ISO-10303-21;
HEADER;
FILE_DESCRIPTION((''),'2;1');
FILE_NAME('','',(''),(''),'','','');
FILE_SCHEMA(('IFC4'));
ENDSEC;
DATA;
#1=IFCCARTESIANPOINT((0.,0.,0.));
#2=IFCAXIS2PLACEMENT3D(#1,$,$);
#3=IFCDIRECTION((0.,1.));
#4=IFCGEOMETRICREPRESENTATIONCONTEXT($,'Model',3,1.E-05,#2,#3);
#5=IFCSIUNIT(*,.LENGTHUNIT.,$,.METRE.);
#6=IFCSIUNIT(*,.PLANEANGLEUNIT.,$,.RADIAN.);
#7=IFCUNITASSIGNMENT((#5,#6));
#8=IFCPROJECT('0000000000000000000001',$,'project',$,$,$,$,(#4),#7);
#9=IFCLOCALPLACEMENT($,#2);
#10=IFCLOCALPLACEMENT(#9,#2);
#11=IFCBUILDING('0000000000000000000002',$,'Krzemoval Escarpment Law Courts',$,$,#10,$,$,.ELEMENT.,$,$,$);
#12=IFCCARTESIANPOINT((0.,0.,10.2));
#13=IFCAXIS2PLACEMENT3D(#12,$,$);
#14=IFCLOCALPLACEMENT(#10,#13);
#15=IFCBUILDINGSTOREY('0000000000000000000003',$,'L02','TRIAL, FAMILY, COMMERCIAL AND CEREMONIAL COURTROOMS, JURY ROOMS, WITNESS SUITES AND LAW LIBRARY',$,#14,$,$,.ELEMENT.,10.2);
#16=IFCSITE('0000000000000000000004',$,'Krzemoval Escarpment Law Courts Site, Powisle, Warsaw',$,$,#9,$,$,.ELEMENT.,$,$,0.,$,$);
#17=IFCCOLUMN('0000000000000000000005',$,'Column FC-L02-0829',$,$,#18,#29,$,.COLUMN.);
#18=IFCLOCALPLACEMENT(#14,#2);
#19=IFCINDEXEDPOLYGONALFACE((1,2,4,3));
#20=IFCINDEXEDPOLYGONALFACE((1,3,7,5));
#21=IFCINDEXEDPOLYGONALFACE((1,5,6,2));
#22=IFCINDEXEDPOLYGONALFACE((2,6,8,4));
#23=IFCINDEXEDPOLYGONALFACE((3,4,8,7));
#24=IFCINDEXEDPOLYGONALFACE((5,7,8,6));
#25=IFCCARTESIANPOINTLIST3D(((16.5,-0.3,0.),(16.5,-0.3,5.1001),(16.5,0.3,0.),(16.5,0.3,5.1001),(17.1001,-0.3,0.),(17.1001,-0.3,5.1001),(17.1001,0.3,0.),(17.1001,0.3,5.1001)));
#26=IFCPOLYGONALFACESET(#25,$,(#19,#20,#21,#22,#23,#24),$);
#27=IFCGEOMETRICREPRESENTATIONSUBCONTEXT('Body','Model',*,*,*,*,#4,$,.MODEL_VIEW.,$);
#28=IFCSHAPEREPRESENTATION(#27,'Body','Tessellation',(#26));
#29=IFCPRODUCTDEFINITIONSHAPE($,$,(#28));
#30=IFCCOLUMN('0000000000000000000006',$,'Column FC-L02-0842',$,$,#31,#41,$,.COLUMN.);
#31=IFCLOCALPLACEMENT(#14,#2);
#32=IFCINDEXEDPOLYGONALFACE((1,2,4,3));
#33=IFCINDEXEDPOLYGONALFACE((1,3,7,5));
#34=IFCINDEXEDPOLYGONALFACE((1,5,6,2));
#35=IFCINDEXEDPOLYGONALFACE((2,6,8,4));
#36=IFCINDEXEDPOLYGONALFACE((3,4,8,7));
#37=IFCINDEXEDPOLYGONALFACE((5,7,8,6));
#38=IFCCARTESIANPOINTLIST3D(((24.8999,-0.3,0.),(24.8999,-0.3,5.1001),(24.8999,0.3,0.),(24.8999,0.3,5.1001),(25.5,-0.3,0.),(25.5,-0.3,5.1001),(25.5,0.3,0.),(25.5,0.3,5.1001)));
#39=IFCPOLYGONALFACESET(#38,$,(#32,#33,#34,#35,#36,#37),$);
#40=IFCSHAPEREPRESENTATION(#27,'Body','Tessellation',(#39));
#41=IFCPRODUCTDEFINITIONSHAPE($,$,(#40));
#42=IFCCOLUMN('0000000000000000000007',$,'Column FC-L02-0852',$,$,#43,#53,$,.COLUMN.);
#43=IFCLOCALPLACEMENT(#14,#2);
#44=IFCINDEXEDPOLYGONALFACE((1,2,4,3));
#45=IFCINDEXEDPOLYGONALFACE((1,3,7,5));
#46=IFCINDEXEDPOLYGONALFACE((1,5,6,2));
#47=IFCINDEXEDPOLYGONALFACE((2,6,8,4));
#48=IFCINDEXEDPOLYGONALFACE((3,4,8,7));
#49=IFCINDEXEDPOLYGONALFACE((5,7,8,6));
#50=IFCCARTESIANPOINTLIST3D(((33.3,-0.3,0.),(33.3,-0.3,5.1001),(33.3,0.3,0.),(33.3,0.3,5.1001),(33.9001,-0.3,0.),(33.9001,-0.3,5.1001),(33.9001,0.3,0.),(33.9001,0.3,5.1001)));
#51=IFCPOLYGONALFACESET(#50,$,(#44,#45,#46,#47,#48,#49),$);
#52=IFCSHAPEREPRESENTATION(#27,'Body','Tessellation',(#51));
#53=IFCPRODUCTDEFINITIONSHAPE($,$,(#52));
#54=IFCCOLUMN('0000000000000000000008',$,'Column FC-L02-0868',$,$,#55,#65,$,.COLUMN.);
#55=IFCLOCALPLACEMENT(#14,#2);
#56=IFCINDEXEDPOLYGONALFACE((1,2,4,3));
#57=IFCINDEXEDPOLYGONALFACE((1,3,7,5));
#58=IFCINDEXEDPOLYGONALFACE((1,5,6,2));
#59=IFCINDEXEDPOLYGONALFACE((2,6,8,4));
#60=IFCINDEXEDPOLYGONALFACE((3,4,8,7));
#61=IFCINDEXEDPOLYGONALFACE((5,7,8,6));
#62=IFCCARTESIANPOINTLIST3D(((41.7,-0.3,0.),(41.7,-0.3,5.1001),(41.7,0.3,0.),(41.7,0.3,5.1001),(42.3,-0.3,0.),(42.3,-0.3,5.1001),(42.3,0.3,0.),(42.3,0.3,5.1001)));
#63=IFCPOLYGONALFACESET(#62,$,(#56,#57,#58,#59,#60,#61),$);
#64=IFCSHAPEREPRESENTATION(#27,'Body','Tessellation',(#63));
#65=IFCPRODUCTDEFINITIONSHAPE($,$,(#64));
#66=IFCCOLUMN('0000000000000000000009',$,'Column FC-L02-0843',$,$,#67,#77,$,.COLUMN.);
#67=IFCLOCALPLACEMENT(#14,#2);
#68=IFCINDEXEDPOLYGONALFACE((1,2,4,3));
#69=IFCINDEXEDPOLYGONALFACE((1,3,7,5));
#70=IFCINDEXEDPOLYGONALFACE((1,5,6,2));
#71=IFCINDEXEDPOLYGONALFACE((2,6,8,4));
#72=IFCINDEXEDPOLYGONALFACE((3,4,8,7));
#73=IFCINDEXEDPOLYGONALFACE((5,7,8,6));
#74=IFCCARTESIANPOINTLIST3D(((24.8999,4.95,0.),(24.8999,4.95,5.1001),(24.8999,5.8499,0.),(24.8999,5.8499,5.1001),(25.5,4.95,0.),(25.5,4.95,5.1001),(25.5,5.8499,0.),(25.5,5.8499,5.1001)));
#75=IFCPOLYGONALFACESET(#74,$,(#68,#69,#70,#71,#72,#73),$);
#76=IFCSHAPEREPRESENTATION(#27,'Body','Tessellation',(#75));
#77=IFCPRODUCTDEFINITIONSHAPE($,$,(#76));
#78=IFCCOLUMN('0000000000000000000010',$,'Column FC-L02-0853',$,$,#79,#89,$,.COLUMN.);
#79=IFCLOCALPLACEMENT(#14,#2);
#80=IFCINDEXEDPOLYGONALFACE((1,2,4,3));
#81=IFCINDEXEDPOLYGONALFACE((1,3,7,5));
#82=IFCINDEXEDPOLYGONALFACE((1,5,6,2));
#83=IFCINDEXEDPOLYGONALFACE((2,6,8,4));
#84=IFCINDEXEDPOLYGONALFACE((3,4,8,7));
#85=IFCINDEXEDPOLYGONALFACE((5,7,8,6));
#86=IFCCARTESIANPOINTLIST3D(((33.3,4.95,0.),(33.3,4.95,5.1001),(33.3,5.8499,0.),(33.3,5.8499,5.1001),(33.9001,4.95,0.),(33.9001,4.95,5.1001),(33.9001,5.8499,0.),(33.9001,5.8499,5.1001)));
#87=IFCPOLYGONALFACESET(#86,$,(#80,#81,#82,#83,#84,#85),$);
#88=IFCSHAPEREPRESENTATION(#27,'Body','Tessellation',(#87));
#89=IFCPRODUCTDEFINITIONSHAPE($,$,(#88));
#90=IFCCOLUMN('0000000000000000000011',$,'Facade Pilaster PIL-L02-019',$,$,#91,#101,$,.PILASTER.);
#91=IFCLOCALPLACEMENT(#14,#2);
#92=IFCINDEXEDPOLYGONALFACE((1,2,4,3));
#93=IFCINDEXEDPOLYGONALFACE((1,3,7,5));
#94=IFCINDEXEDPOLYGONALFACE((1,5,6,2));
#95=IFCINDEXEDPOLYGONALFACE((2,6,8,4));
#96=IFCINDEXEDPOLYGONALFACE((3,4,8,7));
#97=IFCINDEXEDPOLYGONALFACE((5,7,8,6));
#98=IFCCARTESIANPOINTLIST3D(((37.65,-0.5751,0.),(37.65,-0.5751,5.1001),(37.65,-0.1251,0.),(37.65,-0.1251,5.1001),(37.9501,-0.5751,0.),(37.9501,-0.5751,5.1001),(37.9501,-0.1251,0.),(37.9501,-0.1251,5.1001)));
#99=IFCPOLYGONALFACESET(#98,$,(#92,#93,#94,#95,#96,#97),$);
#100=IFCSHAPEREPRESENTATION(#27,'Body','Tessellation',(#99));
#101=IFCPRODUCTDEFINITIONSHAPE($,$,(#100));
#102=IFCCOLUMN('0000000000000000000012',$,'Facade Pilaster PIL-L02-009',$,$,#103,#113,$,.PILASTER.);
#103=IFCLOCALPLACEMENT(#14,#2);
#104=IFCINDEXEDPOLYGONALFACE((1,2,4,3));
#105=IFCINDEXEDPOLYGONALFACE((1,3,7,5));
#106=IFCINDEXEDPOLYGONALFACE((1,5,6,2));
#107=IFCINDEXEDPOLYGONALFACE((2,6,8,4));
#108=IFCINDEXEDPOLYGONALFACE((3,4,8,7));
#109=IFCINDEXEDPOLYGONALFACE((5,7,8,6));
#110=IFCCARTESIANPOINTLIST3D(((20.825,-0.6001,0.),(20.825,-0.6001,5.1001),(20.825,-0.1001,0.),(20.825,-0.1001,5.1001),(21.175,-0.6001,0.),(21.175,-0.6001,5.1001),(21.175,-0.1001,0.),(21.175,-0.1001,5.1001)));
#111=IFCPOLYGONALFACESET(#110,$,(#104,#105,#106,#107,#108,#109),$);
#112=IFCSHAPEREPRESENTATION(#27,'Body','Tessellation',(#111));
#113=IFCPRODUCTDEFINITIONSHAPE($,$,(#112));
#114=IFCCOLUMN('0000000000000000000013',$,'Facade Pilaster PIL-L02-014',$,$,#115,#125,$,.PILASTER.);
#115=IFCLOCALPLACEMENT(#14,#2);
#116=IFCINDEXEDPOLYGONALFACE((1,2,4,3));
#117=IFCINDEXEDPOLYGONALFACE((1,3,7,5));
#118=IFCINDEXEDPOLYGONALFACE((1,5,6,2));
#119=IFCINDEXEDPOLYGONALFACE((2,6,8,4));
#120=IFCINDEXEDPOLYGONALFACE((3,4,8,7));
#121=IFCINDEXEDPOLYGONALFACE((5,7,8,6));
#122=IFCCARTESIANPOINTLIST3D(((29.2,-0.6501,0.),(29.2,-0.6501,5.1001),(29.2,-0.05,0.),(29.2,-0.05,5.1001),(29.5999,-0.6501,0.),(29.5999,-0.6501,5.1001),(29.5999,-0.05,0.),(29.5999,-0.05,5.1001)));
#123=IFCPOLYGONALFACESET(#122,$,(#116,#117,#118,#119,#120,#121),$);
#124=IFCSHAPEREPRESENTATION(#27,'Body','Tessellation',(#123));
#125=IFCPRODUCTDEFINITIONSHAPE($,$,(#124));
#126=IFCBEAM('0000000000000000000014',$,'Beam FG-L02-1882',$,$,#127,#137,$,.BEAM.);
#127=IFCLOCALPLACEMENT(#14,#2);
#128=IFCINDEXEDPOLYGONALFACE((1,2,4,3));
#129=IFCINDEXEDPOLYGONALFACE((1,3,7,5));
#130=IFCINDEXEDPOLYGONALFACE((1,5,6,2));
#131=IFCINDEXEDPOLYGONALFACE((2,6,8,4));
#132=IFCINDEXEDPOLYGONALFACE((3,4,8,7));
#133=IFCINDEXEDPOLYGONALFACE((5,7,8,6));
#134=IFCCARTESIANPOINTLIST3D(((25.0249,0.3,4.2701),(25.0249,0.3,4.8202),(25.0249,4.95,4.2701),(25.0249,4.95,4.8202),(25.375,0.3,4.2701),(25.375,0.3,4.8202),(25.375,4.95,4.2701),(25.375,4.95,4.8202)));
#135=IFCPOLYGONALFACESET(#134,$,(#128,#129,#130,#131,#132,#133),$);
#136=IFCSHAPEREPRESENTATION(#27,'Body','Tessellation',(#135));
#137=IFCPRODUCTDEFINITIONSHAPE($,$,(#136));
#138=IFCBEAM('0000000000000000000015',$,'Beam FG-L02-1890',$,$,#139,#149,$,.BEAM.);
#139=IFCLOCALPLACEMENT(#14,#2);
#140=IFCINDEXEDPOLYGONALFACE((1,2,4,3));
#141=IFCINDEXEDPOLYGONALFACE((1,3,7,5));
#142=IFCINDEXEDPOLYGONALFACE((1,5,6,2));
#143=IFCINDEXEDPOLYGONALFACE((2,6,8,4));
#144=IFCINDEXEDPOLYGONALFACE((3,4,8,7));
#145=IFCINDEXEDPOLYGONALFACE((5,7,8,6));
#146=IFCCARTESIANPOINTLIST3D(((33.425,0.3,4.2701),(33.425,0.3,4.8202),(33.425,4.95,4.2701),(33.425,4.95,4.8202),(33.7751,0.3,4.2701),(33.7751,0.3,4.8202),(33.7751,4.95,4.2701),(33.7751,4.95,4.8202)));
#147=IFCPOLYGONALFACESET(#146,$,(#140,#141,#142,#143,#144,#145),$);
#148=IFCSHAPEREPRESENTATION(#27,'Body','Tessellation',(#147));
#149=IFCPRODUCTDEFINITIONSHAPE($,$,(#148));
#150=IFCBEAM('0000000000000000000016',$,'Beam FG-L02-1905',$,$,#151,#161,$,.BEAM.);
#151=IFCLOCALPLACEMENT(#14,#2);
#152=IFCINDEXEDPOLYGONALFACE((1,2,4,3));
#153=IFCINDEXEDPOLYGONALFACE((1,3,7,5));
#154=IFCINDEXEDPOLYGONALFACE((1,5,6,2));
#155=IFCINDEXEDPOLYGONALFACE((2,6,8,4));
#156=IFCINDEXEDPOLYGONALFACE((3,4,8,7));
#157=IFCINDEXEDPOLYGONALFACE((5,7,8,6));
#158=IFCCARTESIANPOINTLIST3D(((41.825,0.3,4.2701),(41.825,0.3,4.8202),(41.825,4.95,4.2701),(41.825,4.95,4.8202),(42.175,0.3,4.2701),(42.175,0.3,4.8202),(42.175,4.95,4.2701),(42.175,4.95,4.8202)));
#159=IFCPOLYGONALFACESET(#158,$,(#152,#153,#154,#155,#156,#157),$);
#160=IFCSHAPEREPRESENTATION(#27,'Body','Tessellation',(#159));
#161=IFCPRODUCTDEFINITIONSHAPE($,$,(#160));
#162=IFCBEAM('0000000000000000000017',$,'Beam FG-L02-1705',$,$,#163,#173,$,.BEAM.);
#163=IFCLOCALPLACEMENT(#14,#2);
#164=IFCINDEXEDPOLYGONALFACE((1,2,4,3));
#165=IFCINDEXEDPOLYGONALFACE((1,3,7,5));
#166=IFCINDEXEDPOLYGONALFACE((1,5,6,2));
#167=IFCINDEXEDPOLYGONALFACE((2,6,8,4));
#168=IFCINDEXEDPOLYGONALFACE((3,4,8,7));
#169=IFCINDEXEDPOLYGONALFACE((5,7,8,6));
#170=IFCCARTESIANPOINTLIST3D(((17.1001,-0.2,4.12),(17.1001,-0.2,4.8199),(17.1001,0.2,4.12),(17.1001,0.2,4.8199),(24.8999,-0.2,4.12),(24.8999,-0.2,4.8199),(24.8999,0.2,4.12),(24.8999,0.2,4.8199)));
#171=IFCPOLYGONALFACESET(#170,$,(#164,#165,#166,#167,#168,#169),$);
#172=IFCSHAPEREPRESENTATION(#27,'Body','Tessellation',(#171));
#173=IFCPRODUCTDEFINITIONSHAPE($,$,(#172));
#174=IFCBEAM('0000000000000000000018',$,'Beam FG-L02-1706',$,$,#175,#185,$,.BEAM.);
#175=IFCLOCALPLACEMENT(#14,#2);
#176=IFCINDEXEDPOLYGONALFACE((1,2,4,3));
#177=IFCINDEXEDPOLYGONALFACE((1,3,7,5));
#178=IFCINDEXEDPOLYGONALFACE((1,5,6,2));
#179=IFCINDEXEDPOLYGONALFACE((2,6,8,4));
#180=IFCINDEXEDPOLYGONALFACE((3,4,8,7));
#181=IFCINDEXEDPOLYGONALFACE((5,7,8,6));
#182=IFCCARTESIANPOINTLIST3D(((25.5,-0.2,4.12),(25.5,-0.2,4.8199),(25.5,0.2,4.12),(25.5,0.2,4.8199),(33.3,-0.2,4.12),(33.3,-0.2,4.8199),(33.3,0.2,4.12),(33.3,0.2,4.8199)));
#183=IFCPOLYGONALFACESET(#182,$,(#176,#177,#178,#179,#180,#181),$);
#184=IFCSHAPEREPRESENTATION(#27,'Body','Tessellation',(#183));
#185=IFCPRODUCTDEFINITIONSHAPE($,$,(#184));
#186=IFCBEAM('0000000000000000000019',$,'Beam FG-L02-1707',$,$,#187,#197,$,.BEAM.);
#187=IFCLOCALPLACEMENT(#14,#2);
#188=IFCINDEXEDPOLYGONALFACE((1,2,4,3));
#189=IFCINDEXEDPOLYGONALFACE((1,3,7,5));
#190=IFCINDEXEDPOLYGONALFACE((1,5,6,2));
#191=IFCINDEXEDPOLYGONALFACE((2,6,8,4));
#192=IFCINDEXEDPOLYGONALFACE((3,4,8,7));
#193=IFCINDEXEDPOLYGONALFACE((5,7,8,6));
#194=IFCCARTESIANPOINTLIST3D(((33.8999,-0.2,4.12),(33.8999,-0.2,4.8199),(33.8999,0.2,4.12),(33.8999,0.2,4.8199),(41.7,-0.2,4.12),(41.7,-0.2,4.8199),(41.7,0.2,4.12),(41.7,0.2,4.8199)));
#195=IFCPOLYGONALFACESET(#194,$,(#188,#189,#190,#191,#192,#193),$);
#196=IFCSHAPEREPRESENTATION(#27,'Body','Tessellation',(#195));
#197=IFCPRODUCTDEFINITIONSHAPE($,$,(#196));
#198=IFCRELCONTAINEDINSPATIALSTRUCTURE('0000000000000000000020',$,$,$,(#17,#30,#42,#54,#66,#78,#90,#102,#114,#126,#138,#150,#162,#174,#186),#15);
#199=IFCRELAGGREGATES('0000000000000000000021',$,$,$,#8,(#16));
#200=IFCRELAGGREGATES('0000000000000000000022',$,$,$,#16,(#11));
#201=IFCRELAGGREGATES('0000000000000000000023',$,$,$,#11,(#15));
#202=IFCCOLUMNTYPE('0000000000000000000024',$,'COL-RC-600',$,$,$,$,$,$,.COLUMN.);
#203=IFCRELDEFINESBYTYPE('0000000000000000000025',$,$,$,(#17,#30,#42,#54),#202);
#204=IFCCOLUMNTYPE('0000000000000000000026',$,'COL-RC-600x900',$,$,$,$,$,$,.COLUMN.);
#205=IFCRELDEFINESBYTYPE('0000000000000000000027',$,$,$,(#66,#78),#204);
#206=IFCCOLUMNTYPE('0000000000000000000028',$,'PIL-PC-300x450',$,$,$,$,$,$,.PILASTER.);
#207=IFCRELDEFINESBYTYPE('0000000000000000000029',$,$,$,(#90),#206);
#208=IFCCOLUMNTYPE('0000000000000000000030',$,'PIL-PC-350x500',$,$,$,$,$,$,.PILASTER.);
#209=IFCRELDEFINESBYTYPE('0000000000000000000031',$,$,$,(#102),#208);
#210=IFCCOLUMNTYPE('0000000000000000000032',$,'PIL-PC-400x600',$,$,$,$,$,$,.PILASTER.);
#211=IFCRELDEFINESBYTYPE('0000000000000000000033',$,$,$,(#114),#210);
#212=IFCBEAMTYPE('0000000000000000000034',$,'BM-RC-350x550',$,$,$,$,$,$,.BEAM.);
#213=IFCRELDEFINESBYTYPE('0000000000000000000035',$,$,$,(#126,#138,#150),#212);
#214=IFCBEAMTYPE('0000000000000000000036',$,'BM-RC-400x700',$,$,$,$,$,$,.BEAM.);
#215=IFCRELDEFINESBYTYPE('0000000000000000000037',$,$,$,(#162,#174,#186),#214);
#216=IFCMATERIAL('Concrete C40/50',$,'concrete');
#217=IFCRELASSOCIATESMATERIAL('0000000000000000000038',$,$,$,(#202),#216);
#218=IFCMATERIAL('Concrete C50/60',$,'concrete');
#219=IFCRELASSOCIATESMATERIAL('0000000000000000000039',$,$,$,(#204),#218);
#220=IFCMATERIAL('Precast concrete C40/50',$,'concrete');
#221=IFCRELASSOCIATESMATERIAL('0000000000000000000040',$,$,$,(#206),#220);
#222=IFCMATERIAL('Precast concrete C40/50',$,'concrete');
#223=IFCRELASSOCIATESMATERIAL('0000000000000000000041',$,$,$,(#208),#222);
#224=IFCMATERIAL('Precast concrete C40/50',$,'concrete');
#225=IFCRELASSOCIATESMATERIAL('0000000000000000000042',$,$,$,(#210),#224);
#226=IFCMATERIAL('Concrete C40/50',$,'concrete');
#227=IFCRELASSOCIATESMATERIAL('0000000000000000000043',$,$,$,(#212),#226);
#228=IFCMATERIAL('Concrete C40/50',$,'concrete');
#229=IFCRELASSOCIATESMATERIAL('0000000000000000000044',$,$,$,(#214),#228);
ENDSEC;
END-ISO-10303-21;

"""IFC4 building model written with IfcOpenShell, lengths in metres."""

from ifc_helpers import new_model, si_unit, direction, frame, origin, origin_2d, place, context, subcontext, project, spatial, rectangle, extrude, material, material_profile, profile_set, type_object, element, save


model = new_model("IFC4")

# Units and contexts
model_context = context("Model", 3, precision=1e-05, world=origin(), true_north=direction((0.0, 1.0)))
body_context = subcontext(model_context, "Body", "Model", "MODEL_VIEW")
ifc_project = project(units=[si_unit("LENGTHUNIT", "METRE"), si_unit("PLANEANGLEUNIT", "RADIAN")], contexts=[model_context])

# Site, building, storey
site_placement = place(None, origin())
site = spatial("IfcSite", under=ifc_project, at=site_placement, Name="Krzemoval Escarpment Law Courts Site, Powisle, Warsaw", CompositionType="ELEMENT", RefElevation=0.0)
building_placement = place(site_placement, origin())
building = spatial("IfcBuilding", under=site, at=building_placement, Name="Krzemoval Escarpment Law Courts", CompositionType="ELEMENT")
storey_placement = place(building_placement, frame((0.0, 0.0, 10.2)))
storey = spatial("IfcBuildingStorey", under=building, at=storey_placement, Name="L02", Description="TRIAL, FAMILY, COMMERCIAL AND CEREMONIAL COURTROOMS, JURY ROOMS, WITNESS SUITES AND LAW LIBRARY", CompositionType="ELEMENT", Elevation=10.2)

# Columns
ifc_material_1 = material(Name="Concrete C40/50", Category="concrete")
ifc_material_profile_1 = material_profile(ifc_material_1, rectangle(XDim=0.6001, YDim=0.6001, at=origin_2d()), Name="RC 600x600")
ifc_profile_set_1 = profile_set([ifc_material_profile_1], Name="Concrete C40/50")
column_type_1 = type_object("IfcColumnType", Name="COL-RC-600", PredefinedType="COLUMN", material=ifc_profile_set_1)
for number, where, z_axis, x_axis, name in (
    (1, (16.8, 0.0, 0.0), (0.0, 0.0, 1.0), (1.0, 0.0, 0.0), "Column FC-L02-0829"),
    (2, (25.2, 0.0, 0.0), (0.0, 0.0, 1.0), (1.0, 0.0, 0.0), "Column FC-L02-0842"),
    (3, (33.6001, 0.0, 0.0), (0.0, 0.0, 1.0), (1.0, 0.0, 0.0), "Column FC-L02-0852"),
    (4, (42.0, 0.0, 0.0), (0.0, 0.0, 1.0), (1.0, 0.0, 0.0), "Column FC-L02-0868"),
):
    element("IfcColumn", number, at=place(storey_placement, frame(where, z_axis=z_axis, x_axis=x_axis)), inside=storey, type_object=column_type_1, Name=name, PredefinedType="COLUMN", context=body_context, shape_type="SweptSolid", body=[
        extrude(rectangle(XDim=0.6001, YDim=0.6001, at=origin_2d()), origin(), (0.0, 0.0, 1.0), 5.1001),
    ])
ifc_material_2 = material(Name="Concrete C50/60", Category="concrete")
ifc_material_profile_2 = material_profile(ifc_material_2, rectangle(XDim=0.6001, YDim=0.8999, at=origin_2d()), Name="RC 600x900")
ifc_profile_set_2 = profile_set([ifc_material_profile_2], Name="Concrete C50/60")
column_type_2 = type_object("IfcColumnType", Name="COL-RC-600x900", PredefinedType="COLUMN", material=ifc_profile_set_2)
for number, where, z_axis, x_axis, name in (
    (5, (25.2, 5.3999, 0.0), (0.0, 0.0, 1.0), (1.0, 0.0, 0.0), "Column FC-L02-0843"),
    (6, (33.6001, 5.3999, 0.0), (0.0, 0.0, 1.0), (1.0, 0.0, 0.0), "Column FC-L02-0853"),
):
    element("IfcColumn", number, at=place(storey_placement, frame(where, z_axis=z_axis, x_axis=x_axis)), inside=storey, type_object=column_type_2, Name=name, PredefinedType="COLUMN", context=body_context, shape_type="SweptSolid", body=[
        extrude(rectangle(XDim=0.6001, YDim=0.8999, at=origin_2d()), origin(), (0.0, 0.0, 1.0), 5.1001),
    ])
ifc_material_3 = material(Name="Precast concrete C40/50", Category="concrete")
ifc_material_profile_3 = material_profile(ifc_material_3, rectangle(XDim=0.3, YDim=0.45, at=origin_2d()), Name="PIL 300x450")
ifc_profile_set_3 = profile_set([ifc_material_profile_3], Name="Precast concrete C40/50")
column_type_3 = type_object("IfcColumnType", Name="PIL-PC-300x450", PredefinedType="PILASTER", material=ifc_profile_set_3)
column_1_placement = place(storey_placement, frame((37.8, -0.3501, 0.0), z_axis=(0.0, 0.0, 1.0), x_axis=(1.0, 0.0, 0.0)))
element("IfcColumn", 7, at=column_1_placement, inside=storey, type_object=column_type_3, Name="Facade Pilaster PIL-L02-019", PredefinedType="PILASTER", context=body_context, shape_type="SweptSolid", body=[
    extrude(rectangle(XDim=0.3, YDim=0.45, at=origin_2d()), origin(), (0.0, 0.0, 1.0), 5.1001),
])
ifc_material_4 = material(Name="Precast concrete C40/50", Category="concrete")
ifc_material_profile_4 = material_profile(ifc_material_4, rectangle(XDim=0.3501, YDim=0.5, at=origin_2d()), Name="PIL 350x500")
ifc_profile_set_4 = profile_set([ifc_material_profile_4], Name="Precast concrete C40/50")
column_type_4 = type_object("IfcColumnType", Name="PIL-PC-350x500", PredefinedType="PILASTER", material=ifc_profile_set_4)
column_2_placement = place(storey_placement, frame((21.0, -0.3501, 0.0), z_axis=(0.0, 0.0, 1.0), x_axis=(1.0, 0.0, 0.0)))
element("IfcColumn", 8, at=column_2_placement, inside=storey, type_object=column_type_4, Name="Facade Pilaster PIL-L02-009", PredefinedType="PILASTER", context=body_context, shape_type="SweptSolid", body=[
    extrude(rectangle(XDim=0.3501, YDim=0.5, at=origin_2d()), origin(), (0.0, 0.0, 1.0), 5.1001),
])
ifc_material_5 = material(Name="Precast concrete C40/50", Category="concrete")
ifc_material_profile_5 = material_profile(ifc_material_5, rectangle(XDim=0.3999, YDim=0.6001, at=origin_2d()), Name="PIL 400x600")
ifc_profile_set_5 = profile_set([ifc_material_profile_5], Name="Precast concrete C40/50")
column_type_5 = type_object("IfcColumnType", Name="PIL-PC-400x600", PredefinedType="PILASTER", material=ifc_profile_set_5)
column_3_placement = place(storey_placement, frame((29.3999, -0.3501, 0.0), z_axis=(0.0, 0.0, 1.0), x_axis=(1.0, 0.0, 0.0)))
element("IfcColumn", 9, at=column_3_placement, inside=storey, type_object=column_type_5, Name="Facade Pilaster PIL-L02-014", PredefinedType="PILASTER", context=body_context, shape_type="SweptSolid", body=[
    extrude(rectangle(XDim=0.3999, YDim=0.6001, at=origin_2d()), origin(), (0.0, 0.0, 1.0), 5.1001),
])

# Beams
ifc_material_6 = material(Name="Concrete C40/50", Category="concrete")
ifc_material_profile_6 = material_profile(ifc_material_6, rectangle(XDim=0.3501, YDim=0.55, at=origin_2d()), Name="RCB 350x550")
ifc_profile_set_6 = profile_set([ifc_material_profile_6], Name="Concrete C40/50")
beam_type_1 = type_object("IfcBeamType", Name="BM-RC-350x550", PredefinedType="BEAM", material=ifc_profile_set_6)
for number, where, z_axis, x_axis, name in (
    (10, (25.2, 0.3, 4.5452), (0.0, 1.0, 0.0), (-1.0, 0.0, 0.0), "Beam FG-L02-1882"),
    (11, (33.6001, 0.3, 4.5452), (0.0, 1.0, 0.0), (-1.0, 0.0, 0.0), "Beam FG-L02-1890"),
    (12, (42.0, 0.3, 4.5452), (0.0, 1.0, 0.0), (-1.0, 0.0, 0.0), "Beam FG-L02-1905"),
):
    element("IfcBeam", number, at=place(storey_placement, frame(where, z_axis=z_axis, x_axis=x_axis)), inside=storey, type_object=beam_type_1, Name=name, PredefinedType="BEAM", context=body_context, shape_type="SweptSolid", body=[
        extrude(rectangle(XDim=0.3501, YDim=0.55, at=origin_2d()), origin(), (0.0, 0.0, 1.0), 4.6499),
    ])
ifc_material_7 = material(Name="Concrete C40/50", Category="concrete")
ifc_material_profile_7 = material_profile(ifc_material_7, rectangle(XDim=0.3999, YDim=0.7, at=origin_2d()), Name="RCB 400x700")
ifc_profile_set_7 = profile_set([ifc_material_profile_7], Name="Concrete C40/50")
beam_type_2 = type_object("IfcBeamType", Name="BM-RC-400x700", PredefinedType="BEAM", material=ifc_profile_set_7)
beam_placement = place(storey_placement, frame((17.1001, 0.0, 4.47), z_axis=(1.0, 0.0, 0.0), x_axis=(0.0, 1.0, 0.0)))
element("IfcBeam", 13, at=beam_placement, inside=storey, type_object=beam_type_2, Name="Beam FG-L02-1705", PredefinedType="BEAM", context=body_context, shape_type="SweptSolid", body=[
    extrude(rectangle(XDim=0.3999, YDim=0.7, at=origin_2d()), origin(), (0.0, 0.0, 1.0), 7.7998),
])
for number, where, z_axis, x_axis, name in (
    (14, (25.5, 0.0, 4.47), (1.0, 0.0, 0.0), (0.0, 1.0, 0.0), "Beam FG-L02-1706"),
    (15, (33.8999, 0.0, 4.47), (1.0, 0.0, 0.0), (0.0, 1.0, 0.0), "Beam FG-L02-1707"),
):
    element("IfcBeam", number, at=place(storey_placement, frame(where, z_axis=z_axis, x_axis=x_axis)), inside=storey, type_object=beam_type_2, Name=name, PredefinedType="BEAM", context=body_context, shape_type="SweptSolid", body=[
        extrude(rectangle(XDim=0.3999, YDim=0.7, at=origin_2d()), origin(), (0.0, 0.0, 1.0), 7.8),
    ])

save(model, "model.ifc")
